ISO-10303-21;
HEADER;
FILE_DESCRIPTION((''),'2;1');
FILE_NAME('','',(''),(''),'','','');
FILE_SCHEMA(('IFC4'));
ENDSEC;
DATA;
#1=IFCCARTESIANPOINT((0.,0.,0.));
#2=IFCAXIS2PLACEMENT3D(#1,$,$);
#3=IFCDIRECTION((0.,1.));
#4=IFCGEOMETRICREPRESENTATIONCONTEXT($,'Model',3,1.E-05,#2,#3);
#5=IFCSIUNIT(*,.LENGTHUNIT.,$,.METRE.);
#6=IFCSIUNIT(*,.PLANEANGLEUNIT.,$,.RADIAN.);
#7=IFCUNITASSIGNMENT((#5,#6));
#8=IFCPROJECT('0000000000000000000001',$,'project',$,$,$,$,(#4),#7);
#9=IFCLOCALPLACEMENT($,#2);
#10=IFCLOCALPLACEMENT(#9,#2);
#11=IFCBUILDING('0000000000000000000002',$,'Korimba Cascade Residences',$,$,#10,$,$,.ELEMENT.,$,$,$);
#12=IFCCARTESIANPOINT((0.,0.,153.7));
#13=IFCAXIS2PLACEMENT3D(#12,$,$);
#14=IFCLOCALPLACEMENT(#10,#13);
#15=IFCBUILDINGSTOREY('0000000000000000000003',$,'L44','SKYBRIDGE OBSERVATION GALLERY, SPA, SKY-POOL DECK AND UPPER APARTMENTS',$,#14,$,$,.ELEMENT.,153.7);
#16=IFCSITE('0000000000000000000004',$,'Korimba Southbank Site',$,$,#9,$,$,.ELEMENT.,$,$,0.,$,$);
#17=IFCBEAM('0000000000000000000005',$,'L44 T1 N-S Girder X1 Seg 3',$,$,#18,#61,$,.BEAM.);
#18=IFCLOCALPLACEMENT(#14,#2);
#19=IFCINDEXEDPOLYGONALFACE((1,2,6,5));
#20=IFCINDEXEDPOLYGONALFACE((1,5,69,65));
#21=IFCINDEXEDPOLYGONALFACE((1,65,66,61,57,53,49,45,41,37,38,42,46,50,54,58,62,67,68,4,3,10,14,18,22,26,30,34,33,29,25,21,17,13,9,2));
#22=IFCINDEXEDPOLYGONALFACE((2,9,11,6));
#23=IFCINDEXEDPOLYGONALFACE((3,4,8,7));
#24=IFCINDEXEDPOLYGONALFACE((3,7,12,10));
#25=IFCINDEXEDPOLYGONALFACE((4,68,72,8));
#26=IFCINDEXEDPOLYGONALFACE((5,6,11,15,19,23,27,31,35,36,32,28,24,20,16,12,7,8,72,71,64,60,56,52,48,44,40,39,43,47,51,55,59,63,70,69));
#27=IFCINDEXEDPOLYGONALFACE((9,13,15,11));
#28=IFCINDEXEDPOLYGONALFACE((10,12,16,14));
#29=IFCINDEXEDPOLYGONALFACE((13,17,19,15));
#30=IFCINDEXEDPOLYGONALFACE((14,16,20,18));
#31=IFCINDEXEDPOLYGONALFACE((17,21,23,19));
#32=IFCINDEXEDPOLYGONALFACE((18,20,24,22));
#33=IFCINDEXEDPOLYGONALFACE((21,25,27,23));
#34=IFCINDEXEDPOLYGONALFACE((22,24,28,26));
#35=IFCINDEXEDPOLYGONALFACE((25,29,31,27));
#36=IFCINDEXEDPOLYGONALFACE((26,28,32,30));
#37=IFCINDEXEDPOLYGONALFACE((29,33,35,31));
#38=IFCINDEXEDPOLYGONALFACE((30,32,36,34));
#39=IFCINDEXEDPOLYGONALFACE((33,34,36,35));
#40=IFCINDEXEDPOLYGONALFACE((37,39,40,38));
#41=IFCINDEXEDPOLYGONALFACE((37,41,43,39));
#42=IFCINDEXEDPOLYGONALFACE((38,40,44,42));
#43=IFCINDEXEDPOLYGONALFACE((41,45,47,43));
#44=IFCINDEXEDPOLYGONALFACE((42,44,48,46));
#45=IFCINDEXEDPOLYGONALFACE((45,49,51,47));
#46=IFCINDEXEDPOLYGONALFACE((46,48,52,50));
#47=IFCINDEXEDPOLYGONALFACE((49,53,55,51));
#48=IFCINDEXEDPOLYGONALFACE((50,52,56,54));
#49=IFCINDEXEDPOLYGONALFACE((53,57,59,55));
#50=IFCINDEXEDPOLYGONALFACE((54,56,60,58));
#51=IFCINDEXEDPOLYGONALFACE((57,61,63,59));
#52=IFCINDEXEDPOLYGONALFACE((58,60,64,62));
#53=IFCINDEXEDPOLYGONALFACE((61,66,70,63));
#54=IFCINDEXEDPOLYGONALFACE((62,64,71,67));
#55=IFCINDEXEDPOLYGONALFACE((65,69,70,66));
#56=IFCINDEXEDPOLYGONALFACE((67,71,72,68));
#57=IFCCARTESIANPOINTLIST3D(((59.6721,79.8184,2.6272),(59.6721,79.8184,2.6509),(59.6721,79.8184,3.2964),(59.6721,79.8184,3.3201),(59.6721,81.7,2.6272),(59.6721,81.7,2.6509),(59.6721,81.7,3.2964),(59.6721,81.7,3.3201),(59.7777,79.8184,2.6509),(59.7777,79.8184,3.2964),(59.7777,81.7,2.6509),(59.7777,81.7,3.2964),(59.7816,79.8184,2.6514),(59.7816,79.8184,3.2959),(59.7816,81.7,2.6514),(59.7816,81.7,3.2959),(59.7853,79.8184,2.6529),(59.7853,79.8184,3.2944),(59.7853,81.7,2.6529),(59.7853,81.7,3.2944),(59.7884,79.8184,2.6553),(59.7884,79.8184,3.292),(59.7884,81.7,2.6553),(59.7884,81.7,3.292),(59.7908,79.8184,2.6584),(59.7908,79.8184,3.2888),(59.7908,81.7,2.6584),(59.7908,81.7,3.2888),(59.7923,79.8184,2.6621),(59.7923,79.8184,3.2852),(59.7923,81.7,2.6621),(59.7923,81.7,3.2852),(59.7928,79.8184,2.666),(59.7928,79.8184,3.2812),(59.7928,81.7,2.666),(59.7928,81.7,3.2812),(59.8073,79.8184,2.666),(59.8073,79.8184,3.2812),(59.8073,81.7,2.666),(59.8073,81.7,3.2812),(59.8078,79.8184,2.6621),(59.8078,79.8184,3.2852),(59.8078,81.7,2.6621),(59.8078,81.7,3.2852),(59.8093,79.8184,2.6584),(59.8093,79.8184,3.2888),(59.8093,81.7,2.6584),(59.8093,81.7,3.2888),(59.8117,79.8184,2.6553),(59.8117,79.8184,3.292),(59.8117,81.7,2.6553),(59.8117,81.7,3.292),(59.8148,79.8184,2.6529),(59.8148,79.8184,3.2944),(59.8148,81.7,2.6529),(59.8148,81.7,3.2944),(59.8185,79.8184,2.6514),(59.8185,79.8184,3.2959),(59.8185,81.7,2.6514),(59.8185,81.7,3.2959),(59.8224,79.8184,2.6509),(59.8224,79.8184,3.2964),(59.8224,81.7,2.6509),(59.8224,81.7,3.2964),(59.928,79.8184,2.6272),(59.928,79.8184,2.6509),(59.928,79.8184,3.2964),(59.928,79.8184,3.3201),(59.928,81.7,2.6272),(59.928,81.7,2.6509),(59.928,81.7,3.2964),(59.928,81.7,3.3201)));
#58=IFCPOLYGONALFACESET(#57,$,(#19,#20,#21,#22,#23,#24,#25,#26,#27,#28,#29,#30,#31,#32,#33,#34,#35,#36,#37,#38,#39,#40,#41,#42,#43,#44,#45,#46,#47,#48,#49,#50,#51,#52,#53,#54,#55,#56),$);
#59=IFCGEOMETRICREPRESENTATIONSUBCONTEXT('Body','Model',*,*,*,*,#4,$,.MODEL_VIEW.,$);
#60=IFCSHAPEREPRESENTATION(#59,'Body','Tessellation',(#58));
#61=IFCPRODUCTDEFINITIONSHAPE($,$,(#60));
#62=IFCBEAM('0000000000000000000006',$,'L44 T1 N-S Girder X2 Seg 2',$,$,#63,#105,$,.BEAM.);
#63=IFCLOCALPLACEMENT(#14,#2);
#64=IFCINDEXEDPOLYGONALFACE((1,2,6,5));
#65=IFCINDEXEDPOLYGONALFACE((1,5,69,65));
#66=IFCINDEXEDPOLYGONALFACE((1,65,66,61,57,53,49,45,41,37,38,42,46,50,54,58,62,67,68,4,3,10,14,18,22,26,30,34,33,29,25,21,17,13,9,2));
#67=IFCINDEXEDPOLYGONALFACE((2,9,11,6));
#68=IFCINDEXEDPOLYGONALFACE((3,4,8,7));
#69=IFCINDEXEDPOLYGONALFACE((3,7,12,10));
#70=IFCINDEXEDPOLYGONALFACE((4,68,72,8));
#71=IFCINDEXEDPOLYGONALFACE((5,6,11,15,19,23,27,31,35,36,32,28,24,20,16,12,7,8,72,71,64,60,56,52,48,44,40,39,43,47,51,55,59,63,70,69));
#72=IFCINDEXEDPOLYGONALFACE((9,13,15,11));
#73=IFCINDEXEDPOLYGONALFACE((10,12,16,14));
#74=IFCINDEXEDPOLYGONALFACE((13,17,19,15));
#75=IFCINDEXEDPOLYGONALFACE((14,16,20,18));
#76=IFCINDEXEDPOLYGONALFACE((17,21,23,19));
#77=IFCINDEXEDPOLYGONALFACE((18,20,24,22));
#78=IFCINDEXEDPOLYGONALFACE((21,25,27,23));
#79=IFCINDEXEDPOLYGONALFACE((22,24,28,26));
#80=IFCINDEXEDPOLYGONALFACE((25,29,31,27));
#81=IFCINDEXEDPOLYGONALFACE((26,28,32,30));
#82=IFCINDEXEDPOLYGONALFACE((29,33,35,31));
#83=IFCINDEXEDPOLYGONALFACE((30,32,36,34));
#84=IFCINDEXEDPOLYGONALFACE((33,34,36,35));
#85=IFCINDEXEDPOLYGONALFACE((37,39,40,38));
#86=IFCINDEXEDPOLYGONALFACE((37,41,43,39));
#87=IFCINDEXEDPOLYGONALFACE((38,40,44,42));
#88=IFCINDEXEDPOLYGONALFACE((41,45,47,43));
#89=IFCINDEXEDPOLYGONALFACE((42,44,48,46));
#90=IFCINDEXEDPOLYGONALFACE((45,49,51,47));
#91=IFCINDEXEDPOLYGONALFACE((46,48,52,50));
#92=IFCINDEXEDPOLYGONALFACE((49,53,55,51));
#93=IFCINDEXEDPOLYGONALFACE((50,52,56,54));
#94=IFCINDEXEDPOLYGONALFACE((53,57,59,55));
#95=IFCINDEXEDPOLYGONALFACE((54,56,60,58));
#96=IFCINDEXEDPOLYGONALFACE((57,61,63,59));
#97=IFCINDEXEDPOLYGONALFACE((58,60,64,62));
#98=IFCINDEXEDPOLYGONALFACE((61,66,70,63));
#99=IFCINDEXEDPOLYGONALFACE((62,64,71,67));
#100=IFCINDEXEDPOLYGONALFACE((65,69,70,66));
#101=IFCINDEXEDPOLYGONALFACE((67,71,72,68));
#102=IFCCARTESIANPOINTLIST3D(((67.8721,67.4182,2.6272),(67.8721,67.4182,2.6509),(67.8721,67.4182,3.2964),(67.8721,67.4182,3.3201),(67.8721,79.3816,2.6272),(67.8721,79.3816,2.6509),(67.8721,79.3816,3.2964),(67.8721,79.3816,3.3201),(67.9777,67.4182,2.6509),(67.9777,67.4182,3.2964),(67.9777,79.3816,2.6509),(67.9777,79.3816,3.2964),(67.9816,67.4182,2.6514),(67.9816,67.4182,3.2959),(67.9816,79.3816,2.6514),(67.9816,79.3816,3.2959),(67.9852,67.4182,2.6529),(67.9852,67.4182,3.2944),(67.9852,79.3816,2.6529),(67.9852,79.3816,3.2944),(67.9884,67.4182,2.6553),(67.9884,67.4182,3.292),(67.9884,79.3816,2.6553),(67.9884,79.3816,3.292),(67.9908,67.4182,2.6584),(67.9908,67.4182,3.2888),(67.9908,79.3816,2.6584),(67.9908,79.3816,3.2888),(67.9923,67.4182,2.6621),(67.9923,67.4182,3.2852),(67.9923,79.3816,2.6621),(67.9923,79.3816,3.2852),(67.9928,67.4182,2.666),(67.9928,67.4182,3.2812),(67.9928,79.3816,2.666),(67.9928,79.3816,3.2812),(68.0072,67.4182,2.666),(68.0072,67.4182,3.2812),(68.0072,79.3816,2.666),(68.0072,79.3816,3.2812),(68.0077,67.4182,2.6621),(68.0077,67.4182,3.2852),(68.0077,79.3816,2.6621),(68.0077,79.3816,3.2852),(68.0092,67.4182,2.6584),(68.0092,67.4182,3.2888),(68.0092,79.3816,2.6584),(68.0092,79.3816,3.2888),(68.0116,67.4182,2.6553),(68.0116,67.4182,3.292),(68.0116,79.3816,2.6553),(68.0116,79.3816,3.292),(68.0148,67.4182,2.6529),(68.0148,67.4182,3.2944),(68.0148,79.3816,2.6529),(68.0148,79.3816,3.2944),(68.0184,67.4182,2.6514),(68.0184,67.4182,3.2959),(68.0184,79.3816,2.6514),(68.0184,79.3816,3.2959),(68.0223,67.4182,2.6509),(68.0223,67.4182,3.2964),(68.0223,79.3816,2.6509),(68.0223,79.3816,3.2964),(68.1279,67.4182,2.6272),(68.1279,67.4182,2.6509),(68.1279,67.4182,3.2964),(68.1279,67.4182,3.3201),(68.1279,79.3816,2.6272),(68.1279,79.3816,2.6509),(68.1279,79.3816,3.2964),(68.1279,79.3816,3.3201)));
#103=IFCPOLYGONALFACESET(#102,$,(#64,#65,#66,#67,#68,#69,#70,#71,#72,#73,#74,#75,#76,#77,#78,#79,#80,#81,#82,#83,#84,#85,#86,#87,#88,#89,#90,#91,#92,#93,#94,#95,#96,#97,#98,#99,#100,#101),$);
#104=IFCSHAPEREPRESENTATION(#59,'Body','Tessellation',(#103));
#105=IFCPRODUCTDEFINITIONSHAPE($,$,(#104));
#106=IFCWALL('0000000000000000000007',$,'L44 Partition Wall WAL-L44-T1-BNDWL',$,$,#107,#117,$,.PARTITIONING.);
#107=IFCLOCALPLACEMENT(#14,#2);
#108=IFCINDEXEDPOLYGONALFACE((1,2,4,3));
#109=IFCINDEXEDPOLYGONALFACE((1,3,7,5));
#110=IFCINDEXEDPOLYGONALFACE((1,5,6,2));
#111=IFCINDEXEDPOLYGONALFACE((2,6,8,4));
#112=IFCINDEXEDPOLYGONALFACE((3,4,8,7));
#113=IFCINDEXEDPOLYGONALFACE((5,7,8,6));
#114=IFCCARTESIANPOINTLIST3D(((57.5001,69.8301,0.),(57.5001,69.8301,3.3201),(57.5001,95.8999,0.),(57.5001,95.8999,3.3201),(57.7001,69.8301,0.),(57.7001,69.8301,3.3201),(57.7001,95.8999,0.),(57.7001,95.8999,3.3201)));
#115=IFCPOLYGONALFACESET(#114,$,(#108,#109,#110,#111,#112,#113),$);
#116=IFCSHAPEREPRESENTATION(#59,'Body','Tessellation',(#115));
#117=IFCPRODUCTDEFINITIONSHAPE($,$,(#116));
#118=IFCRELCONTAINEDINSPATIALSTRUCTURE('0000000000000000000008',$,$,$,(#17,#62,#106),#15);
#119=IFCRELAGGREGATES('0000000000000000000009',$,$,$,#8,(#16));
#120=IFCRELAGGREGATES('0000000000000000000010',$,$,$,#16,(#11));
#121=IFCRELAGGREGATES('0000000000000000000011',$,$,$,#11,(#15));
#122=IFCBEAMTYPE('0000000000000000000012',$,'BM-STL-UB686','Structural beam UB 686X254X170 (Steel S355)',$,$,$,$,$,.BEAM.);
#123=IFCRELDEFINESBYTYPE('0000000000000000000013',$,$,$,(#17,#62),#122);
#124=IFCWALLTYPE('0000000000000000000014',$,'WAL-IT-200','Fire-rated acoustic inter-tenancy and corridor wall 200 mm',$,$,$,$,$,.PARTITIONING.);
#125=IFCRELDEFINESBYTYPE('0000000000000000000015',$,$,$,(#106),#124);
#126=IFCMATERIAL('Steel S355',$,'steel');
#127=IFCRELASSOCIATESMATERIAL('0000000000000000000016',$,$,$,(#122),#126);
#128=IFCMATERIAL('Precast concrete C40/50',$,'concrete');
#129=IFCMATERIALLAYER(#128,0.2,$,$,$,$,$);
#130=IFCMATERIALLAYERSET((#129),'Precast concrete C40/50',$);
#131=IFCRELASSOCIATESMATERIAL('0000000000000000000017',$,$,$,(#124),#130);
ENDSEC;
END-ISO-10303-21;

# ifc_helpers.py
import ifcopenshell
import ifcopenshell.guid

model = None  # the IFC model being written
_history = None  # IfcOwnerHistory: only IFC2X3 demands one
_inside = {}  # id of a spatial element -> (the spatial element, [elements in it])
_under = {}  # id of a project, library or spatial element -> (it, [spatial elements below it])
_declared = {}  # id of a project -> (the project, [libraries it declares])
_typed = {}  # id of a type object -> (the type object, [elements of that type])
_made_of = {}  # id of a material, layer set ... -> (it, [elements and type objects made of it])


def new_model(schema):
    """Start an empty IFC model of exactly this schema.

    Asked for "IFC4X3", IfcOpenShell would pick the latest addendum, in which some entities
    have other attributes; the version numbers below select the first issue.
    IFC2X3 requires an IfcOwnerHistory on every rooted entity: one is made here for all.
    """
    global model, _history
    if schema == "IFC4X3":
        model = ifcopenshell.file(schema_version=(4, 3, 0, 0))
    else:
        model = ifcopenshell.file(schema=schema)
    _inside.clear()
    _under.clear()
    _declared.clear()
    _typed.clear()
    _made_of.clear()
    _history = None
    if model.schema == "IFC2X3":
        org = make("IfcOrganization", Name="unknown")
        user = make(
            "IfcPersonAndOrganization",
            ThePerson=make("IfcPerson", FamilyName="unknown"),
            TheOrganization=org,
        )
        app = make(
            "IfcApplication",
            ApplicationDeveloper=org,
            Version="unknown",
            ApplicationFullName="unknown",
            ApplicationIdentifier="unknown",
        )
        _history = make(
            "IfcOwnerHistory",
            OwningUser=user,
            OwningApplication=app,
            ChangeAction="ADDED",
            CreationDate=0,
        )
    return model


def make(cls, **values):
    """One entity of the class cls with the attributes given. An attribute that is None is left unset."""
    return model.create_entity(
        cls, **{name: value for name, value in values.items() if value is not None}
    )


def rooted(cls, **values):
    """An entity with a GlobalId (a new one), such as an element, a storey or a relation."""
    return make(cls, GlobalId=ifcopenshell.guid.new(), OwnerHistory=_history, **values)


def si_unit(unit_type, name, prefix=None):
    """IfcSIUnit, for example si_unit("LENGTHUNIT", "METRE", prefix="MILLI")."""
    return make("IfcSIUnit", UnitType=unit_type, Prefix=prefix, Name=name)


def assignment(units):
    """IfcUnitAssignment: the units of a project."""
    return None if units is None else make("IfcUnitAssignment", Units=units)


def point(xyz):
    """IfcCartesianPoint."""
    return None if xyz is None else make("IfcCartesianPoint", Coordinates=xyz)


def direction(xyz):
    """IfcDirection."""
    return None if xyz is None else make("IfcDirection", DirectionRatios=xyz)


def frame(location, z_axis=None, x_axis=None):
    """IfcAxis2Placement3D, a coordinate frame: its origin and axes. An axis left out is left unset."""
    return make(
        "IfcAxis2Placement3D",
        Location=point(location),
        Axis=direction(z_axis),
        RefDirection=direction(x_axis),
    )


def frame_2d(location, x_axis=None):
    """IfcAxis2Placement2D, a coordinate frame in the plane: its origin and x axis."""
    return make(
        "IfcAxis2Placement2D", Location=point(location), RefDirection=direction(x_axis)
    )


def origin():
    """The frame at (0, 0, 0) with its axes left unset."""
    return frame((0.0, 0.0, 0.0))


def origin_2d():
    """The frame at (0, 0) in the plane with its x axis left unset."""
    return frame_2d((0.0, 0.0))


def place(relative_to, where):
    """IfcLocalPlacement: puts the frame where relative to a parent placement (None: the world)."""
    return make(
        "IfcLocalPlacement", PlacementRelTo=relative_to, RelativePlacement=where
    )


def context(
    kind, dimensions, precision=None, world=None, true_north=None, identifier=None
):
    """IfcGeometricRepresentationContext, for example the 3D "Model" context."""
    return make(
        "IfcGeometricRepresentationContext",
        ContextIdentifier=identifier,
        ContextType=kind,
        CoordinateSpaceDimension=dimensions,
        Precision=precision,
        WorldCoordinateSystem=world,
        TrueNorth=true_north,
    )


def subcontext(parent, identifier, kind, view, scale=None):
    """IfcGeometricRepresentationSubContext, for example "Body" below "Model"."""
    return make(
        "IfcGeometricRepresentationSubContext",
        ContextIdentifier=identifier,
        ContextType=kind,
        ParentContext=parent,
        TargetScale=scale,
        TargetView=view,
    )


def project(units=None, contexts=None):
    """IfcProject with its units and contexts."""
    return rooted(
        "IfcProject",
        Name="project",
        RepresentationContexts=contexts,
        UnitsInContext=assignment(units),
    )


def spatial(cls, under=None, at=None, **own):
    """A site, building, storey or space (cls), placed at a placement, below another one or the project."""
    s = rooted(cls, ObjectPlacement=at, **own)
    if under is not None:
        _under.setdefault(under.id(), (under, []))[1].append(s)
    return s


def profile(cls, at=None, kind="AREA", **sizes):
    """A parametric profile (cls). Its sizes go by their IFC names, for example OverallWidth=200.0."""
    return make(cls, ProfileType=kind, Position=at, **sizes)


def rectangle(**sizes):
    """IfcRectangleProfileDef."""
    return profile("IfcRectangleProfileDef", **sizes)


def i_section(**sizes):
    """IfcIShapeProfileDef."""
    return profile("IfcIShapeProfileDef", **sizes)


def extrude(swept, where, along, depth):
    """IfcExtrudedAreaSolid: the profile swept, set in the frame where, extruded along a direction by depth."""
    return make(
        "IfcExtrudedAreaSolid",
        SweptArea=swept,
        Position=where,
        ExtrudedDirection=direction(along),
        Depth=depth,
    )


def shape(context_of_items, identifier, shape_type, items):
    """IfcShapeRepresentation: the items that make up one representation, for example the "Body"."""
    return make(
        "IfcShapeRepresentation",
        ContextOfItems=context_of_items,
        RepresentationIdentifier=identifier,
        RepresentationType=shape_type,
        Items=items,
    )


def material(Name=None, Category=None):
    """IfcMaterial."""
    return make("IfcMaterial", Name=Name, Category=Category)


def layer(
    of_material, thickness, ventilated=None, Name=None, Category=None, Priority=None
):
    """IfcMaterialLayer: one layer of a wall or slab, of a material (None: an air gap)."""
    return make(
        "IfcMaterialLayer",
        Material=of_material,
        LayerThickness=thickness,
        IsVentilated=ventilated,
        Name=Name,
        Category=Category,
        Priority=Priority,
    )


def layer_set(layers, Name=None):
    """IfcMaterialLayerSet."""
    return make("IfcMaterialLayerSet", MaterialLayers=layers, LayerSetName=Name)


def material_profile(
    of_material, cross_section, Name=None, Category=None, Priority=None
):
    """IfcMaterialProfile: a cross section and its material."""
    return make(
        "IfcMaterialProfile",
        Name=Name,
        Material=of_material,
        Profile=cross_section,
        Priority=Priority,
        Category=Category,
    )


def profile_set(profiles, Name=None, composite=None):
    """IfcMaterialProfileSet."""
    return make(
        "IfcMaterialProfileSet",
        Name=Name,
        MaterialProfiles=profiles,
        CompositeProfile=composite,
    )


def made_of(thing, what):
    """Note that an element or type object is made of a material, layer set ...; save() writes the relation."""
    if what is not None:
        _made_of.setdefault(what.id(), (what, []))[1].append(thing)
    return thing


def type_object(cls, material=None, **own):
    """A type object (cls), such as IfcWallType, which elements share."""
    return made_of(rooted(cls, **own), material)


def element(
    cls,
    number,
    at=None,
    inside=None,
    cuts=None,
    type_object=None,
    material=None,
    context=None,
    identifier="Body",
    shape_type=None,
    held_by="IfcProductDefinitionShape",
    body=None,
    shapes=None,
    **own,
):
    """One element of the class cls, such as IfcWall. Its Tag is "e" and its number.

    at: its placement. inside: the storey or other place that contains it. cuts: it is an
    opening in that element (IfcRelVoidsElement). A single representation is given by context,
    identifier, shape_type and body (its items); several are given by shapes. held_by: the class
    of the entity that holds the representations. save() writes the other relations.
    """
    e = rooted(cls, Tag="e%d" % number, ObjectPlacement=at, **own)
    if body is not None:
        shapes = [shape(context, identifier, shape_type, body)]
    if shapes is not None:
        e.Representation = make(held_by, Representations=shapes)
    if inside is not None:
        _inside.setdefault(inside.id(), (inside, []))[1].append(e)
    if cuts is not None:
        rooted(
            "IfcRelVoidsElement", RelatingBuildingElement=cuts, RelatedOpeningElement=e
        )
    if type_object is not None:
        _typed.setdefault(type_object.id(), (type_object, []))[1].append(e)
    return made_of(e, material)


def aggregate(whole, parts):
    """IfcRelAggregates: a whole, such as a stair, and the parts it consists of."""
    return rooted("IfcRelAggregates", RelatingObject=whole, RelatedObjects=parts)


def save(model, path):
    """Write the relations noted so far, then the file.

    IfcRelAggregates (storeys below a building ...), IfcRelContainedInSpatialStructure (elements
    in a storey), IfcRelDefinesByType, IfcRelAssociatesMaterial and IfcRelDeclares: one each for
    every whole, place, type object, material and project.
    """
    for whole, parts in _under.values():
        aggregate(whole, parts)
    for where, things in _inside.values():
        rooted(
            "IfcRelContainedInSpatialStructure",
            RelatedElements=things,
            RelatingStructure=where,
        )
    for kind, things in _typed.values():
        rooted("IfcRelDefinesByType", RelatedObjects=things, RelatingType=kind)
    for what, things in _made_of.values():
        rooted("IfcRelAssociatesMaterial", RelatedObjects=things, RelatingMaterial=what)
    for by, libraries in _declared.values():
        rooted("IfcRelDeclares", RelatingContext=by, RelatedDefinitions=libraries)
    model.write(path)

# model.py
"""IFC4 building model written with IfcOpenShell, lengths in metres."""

from ifc_helpers import new_model, si_unit, direction, frame, frame_2d, origin, origin_2d, place, context, subcontext, project, spatial, rectangle, i_section, extrude, material, layer, layer_set, material_profile, profile_set, type_object, element, save


model = new_model("IFC4")

# Units and contexts
model_context = context("Model", 3, precision=1e-05, world=origin(), true_north=direction((0.0, 1.0)))
body_context = subcontext(model_context, "Body", "Model", "MODEL_VIEW")
ifc_project = project(units=[si_unit("LENGTHUNIT", "METRE"), si_unit("PLANEANGLEUNIT", "RADIAN")], contexts=[model_context])

# Site, building, storey
site_placement = place(None, origin())
site = spatial("IfcSite", under=ifc_project, at=site_placement, Name="Korimba Southbank Site", CompositionType="ELEMENT", RefElevation=0.0)
building_placement = place(site_placement, origin())
building = spatial("IfcBuilding", under=site, at=building_placement, Name="Korimba Cascade Residences", CompositionType="ELEMENT")
storey_placement = place(building_placement, frame((0.0, 0.0, 153.7)))
storey = spatial("IfcBuildingStorey", under=building, at=storey_placement, Name="L44", Description="SKYBRIDGE OBSERVATION GALLERY, SPA, SKY-POOL DECK AND UPPER APARTMENTS", CompositionType="ELEMENT", Elevation=153.7)

# Beams
ifc_material_1 = material(Name="Steel S355", Category="steel")
ifc_material_profile_1 = material_profile(ifc_material_1, i_section(OverallWidth=0.2559, OverallDepth=0.6929, WebThickness=0.0144, FlangeThickness=0.0237, FilletRadius=0.0151, at=origin_2d()), Name="Steel S355")
ifc_profile_set_1 = profile_set([ifc_material_profile_1], Name="Steel S355")
beam_type_1 = type_object("IfcBeamType", Name="BM-STL-UB686", Description="Structural beam UB 686X254X170 (Steel S355)", PredefinedType="BEAM", material=ifc_profile_set_1)
beam_1_placement = place(storey_placement, frame((59.8, 79.8184, 2.9736), z_axis=(0.0, 1.0, 0.0), x_axis=(-1.0, 0.0, 0.0)))
element("IfcBeam", 1, at=beam_1_placement, inside=storey, type_object=beam_type_1, Name="L44 T1 N-S Girder X1 Seg 3", PredefinedType="BEAM", context=body_context, shape_type="SweptSolid", body=[
    extrude(i_section(OverallWidth=0.2559, OverallDepth=0.6929, WebThickness=0.0144, FlangeThickness=0.0237, FilletRadius=0.0151, at=origin_2d()), origin(), (0.0, 0.0, 1.0), 1.8816),
])
beam_2_placement = place(storey_placement, frame((68.0, 67.4182, 2.9736), z_axis=(0.0, 1.0, 0.0), x_axis=(-1.0, 0.0, 0.0)))
element("IfcBeam", 2, at=beam_2_placement, inside=storey, type_object=beam_type_1, Name="L44 T1 N-S Girder X2 Seg 2", PredefinedType="BEAM", context=body_context, shape_type="SweptSolid", body=[
    extrude(i_section(OverallWidth=0.2559, OverallDepth=0.6929, WebThickness=0.0144, FlangeThickness=0.0237, FilletRadius=0.0151, at=origin_2d()), origin(), (0.0, 0.0, 1.0), 11.9634),
])

# Wall
ifc_material_2 = material(Name="Precast concrete C40/50", Category="concrete")
ifc_layer_1 = layer(ifc_material_2, 0.2)
ifc_layer_set_1 = layer_set([ifc_layer_1], Name="Precast concrete C40/50")
wall_type_1 = type_object("IfcWallType", Name="WAL-IT-200", Description="Fire-rated acoustic inter-tenancy and corridor wall 200 mm", PredefinedType="PARTITIONING", material=ifc_layer_set_1)
wall_1_placement = place(storey_placement, frame((57.6001, 69.8301, 0.0), z_axis=(0.0, 0.0, 1.0), x_axis=(0.0, 1.0, 0.0)))
element("IfcWall", 3, at=wall_1_placement, inside=storey, type_object=wall_type_1, Name="L44 Partition Wall WAL-L44-T1-BNDWL", PredefinedType="PARTITIONING", context=body_context, shape_type="SweptSolid", body=[
    extrude(rectangle(XDim=26.0698, YDim=0.2, at=frame_2d((13.0349, 0.0))), origin(), (0.0, 0.0, 1.0), 3.3201),
])

save(model, "model.ifc")
